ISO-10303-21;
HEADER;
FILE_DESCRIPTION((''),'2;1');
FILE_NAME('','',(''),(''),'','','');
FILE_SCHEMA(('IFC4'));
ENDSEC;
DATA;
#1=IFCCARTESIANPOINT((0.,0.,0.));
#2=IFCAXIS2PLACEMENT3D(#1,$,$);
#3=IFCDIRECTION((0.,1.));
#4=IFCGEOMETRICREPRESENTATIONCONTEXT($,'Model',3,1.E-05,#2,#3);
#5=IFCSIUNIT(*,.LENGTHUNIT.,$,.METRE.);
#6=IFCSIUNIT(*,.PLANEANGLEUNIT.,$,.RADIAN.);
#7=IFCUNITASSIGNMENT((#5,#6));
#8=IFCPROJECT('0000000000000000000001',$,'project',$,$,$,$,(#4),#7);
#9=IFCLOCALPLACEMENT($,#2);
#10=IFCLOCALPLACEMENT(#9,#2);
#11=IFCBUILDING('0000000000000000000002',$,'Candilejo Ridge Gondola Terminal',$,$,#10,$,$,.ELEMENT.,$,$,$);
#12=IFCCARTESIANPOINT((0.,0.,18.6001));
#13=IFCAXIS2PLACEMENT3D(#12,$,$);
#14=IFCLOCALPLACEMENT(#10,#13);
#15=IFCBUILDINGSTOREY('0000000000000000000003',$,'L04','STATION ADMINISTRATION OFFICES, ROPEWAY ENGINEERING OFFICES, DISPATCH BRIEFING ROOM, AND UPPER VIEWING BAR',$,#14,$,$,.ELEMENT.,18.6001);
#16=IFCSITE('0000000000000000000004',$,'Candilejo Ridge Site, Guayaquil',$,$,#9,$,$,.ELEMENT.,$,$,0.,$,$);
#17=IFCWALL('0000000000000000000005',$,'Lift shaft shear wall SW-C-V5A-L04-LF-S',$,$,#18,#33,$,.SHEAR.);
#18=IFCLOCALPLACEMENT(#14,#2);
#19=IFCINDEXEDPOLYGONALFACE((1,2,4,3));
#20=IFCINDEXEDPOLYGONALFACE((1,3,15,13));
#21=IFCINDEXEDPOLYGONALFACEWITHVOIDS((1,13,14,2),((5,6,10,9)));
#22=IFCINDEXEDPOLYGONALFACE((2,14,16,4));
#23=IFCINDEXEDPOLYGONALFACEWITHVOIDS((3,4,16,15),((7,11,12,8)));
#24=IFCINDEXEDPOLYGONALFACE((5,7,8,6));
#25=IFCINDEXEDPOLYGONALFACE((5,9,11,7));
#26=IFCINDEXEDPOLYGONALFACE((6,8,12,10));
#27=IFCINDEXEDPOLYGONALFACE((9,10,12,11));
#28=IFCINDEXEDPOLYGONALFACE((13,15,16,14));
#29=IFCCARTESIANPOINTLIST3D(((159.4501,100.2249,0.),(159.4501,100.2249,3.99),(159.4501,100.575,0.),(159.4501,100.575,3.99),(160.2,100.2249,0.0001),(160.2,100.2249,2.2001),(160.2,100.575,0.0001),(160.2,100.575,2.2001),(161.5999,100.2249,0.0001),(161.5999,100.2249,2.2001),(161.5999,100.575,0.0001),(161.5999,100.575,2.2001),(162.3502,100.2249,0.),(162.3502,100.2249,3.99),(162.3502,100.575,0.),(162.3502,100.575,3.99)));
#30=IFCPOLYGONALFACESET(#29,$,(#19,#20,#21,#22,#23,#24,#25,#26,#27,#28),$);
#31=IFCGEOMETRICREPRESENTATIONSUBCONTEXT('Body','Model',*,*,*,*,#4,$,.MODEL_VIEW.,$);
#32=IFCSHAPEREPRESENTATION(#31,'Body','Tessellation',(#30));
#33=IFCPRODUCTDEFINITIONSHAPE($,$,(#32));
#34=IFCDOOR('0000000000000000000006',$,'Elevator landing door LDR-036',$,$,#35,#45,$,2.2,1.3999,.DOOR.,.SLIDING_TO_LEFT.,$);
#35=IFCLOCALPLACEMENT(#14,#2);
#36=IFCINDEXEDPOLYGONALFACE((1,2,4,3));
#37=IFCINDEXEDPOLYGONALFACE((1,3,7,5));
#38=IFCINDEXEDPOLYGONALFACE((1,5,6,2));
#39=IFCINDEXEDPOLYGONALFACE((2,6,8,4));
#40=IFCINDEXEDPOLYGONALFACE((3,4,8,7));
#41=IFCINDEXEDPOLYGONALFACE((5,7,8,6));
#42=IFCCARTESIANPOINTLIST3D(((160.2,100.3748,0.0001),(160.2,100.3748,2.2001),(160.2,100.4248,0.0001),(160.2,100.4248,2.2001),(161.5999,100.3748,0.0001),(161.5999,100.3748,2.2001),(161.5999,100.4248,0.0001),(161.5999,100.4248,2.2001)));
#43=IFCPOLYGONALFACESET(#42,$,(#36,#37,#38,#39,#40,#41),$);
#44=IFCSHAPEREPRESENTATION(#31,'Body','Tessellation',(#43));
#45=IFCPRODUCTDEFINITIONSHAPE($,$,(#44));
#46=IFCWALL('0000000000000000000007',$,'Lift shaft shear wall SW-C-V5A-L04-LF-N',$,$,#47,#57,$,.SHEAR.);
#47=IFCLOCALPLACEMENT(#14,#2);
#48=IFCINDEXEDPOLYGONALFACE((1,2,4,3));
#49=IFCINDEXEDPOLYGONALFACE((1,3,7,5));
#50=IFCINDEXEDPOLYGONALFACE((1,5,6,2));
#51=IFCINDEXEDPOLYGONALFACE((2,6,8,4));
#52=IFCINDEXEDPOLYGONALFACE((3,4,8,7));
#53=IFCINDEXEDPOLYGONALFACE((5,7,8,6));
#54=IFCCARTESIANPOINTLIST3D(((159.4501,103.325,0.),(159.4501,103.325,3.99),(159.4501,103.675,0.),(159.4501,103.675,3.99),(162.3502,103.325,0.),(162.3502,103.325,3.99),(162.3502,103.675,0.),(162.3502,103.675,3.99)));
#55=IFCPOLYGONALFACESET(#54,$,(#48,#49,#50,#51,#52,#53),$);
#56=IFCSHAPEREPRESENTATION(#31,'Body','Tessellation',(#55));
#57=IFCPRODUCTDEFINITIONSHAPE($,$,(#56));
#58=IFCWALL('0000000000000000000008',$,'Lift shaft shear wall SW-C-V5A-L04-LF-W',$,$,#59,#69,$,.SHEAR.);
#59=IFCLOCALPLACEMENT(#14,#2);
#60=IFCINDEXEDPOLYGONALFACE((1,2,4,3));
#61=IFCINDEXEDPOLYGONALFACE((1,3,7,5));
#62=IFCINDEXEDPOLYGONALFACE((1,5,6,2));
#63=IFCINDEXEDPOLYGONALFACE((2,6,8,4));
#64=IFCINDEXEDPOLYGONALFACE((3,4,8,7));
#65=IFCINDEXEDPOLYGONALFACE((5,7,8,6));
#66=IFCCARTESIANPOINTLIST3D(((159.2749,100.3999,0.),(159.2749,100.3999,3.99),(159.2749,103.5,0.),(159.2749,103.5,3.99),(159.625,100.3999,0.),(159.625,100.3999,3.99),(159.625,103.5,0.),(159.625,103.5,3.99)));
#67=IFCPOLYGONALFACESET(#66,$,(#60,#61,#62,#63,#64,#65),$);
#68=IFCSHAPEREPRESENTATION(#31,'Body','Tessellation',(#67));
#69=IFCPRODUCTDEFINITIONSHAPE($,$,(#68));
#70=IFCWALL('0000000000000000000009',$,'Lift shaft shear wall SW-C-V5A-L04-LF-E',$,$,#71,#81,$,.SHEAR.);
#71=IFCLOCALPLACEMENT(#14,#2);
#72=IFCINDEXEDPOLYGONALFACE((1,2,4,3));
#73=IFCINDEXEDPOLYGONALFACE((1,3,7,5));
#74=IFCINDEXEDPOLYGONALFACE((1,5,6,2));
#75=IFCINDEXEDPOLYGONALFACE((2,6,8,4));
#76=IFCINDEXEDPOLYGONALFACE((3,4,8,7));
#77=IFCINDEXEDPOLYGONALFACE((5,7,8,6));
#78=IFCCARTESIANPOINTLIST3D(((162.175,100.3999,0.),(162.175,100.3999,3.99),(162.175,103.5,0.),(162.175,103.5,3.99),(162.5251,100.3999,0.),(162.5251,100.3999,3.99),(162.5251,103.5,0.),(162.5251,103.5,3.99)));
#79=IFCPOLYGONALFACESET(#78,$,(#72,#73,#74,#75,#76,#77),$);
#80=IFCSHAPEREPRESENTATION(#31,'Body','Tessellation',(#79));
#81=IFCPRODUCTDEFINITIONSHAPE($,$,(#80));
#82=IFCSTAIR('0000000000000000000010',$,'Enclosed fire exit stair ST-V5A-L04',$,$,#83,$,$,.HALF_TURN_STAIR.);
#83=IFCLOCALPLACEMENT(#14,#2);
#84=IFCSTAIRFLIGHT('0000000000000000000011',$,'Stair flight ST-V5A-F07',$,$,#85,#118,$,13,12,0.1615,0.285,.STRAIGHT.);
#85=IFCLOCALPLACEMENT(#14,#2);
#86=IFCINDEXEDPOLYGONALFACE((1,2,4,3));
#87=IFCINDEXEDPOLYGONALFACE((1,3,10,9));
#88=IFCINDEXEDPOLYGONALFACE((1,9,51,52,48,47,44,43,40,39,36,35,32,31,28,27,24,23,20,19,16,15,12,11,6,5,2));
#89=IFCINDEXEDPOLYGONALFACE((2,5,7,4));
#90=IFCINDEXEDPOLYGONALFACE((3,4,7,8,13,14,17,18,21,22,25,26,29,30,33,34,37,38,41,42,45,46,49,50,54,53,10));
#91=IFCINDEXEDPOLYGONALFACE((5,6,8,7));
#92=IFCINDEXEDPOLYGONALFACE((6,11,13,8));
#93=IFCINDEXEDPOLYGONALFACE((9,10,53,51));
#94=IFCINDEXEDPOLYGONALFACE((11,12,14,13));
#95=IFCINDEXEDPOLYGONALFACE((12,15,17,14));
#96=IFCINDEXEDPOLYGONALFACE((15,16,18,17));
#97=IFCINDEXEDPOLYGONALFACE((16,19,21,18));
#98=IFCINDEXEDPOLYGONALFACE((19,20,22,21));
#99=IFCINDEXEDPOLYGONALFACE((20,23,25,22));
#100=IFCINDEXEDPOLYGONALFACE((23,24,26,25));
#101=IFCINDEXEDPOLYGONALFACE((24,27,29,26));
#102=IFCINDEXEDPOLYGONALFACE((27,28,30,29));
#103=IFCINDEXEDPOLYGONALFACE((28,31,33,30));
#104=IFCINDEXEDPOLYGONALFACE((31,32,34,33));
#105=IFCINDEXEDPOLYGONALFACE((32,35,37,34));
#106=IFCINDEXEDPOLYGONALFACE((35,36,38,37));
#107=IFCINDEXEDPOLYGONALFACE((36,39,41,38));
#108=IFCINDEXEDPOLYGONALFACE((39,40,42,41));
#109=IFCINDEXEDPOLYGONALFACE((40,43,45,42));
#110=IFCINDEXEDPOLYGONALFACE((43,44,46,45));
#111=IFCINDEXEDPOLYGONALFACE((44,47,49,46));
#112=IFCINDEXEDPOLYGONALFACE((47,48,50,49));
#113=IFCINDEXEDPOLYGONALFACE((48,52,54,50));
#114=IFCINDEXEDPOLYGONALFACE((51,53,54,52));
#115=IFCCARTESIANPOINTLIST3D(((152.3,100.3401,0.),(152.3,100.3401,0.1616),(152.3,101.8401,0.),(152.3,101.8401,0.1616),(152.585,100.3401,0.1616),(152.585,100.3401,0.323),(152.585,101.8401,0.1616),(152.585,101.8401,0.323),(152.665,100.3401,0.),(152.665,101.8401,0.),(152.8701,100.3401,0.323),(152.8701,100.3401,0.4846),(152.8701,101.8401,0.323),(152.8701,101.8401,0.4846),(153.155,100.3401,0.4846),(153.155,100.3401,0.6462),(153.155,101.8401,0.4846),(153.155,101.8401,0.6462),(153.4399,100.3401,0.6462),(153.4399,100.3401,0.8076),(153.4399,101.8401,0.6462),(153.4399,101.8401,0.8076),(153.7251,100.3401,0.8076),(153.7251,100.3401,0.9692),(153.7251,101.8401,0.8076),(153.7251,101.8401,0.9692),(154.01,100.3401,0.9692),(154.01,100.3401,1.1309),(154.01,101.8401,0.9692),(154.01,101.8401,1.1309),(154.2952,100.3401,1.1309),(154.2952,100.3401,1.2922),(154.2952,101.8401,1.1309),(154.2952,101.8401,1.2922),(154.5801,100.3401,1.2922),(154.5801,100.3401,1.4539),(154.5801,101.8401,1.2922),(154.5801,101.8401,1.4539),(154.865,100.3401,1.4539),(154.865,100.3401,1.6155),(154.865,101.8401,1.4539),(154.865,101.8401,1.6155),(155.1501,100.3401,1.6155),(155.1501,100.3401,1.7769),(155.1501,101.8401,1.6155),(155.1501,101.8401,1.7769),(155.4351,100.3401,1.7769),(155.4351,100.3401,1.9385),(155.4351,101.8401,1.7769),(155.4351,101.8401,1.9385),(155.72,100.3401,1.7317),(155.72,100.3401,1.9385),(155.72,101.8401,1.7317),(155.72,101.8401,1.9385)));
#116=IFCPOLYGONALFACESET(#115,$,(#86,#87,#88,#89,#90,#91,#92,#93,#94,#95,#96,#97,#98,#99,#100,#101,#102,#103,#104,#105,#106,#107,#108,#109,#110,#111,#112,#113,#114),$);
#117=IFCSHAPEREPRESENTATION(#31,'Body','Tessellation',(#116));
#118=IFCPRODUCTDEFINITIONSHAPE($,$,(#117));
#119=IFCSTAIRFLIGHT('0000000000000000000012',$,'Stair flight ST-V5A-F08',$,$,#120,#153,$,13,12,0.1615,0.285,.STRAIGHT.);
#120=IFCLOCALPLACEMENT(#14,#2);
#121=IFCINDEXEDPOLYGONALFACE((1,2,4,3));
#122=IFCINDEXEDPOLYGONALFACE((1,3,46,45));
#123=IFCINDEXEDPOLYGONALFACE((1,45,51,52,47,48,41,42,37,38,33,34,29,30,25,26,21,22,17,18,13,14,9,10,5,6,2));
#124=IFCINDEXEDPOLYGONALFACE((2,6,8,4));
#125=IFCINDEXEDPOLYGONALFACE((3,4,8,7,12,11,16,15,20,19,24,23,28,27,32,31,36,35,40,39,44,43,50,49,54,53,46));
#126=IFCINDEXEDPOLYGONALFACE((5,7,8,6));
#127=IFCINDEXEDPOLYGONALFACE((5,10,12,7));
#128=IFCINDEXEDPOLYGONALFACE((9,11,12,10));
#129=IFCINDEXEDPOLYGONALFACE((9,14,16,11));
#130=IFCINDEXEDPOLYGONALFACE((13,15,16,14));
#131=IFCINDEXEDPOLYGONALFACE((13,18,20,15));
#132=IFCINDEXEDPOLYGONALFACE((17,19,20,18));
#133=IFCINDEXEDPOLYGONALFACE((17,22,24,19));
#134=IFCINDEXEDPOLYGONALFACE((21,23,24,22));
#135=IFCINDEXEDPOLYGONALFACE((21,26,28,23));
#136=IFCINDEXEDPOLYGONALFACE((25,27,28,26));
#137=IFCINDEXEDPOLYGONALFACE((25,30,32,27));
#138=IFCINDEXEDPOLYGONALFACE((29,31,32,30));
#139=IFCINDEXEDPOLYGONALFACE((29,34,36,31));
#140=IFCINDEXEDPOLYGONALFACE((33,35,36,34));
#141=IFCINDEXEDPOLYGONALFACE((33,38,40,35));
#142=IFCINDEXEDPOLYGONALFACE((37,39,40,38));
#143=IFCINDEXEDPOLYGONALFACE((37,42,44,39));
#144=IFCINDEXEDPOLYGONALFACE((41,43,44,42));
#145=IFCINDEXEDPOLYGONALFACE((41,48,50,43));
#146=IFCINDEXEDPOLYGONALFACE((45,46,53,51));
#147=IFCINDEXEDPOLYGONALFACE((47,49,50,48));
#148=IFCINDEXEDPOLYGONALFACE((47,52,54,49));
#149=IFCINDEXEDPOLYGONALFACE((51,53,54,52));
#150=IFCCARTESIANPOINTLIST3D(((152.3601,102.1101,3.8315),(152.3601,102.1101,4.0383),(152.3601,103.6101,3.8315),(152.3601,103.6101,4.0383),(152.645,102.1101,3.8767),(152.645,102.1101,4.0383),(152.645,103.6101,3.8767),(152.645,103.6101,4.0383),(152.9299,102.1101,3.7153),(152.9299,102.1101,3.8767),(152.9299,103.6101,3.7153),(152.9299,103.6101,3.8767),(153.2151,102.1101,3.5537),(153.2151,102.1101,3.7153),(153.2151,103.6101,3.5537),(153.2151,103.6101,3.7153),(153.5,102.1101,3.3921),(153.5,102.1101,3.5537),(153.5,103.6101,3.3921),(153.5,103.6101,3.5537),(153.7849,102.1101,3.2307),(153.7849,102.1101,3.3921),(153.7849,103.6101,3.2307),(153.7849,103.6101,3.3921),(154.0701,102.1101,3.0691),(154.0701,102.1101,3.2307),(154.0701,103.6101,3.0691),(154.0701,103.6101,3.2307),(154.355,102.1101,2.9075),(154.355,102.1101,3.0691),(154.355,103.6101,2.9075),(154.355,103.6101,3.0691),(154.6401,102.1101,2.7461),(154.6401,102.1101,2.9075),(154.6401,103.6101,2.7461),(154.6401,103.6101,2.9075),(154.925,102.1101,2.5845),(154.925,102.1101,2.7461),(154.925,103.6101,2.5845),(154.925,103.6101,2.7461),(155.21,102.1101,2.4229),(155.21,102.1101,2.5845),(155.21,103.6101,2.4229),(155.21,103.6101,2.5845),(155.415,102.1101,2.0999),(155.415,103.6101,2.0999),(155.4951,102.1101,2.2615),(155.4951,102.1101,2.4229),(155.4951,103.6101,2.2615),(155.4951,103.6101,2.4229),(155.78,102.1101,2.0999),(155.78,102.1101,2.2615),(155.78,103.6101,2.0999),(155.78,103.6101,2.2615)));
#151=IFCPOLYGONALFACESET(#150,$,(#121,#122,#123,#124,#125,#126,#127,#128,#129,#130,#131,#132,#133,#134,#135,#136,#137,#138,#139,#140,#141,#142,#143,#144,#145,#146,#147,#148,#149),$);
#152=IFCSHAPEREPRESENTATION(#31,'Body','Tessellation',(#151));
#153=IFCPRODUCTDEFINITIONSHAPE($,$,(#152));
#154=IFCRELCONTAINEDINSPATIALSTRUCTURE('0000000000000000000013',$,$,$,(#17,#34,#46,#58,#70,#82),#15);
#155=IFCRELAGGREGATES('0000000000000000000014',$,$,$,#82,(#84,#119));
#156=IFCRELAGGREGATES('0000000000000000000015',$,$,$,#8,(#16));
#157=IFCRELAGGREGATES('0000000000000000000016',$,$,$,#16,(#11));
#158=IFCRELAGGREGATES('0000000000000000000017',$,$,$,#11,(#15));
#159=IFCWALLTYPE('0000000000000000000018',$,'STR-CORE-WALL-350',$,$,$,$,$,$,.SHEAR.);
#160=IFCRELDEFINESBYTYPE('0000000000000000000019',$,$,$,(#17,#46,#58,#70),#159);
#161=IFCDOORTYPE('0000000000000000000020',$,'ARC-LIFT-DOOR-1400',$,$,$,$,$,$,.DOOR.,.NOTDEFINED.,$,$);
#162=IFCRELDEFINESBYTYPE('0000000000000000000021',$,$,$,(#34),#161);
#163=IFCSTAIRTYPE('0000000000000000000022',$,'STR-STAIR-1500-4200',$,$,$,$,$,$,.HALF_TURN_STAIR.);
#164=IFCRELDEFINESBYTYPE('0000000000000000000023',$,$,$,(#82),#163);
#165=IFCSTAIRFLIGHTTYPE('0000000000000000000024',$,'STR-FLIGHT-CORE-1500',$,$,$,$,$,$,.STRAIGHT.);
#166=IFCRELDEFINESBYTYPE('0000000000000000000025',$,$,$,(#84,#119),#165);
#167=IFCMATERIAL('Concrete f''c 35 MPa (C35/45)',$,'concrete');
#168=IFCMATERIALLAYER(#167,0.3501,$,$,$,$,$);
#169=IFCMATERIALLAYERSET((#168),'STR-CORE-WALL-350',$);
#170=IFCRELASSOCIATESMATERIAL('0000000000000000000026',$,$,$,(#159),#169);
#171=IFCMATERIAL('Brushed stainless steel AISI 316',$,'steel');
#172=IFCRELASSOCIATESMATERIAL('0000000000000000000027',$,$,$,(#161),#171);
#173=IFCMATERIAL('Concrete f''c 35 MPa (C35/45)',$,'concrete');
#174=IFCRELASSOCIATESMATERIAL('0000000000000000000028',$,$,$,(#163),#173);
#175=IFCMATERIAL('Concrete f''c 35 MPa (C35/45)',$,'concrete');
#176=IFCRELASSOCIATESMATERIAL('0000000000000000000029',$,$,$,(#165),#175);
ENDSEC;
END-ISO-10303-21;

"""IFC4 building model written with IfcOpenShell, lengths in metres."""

from ifc_helpers import new_model, si_unit, direction, frame, frame_2d, origin, place, context, subcontext, project, spatial, polyline, rectangle, outline, extrude, material, layer, layer_set, type_object, element, fill, aggregate, save


model = new_model("IFC4")

# Units and contexts
model_context = context("Model", 3, precision=1e-05, world=origin(), true_north=direction((0.0, 1.0)))
body_context = subcontext(model_context, "Body", "Model", "MODEL_VIEW")
ifc_project = project(units=[si_unit("LENGTHUNIT", "METRE"), si_unit("PLANEANGLEUNIT", "RADIAN")], contexts=[model_context])

# Site, building, storey
site_placement = place(None, origin())
site = spatial("IfcSite", under=ifc_project, at=site_placement, Name="Candilejo Ridge Site, Guayaquil", CompositionType="ELEMENT", RefElevation=0.0)
building_placement = place(site_placement, origin())
building = spatial("IfcBuilding", under=site, at=building_placement, Name="Candilejo Ridge Gondola Terminal", CompositionType="ELEMENT")
storey_placement = place(building_placement, frame((0.0, 0.0, 18.6001)))
storey = spatial("IfcBuildingStorey", under=building, at=storey_placement, Name="L04", Description="STATION ADMINISTRATION OFFICES, ROPEWAY ENGINEERING OFFICES, DISPATCH BRIEFING ROOM, AND UPPER VIEWING BAR", CompositionType="ELEMENT", Elevation=18.6001)

# Shared definitions
ifc_material_1 = material(Name="Concrete f'c 35 MPa (C35/45)", Category="concrete")
ifc_layer_1 = layer(ifc_material_1, 0.3501)
ifc_layer_set_1 = layer_set([ifc_layer_1], Name="STR-CORE-WALL-350")
wall_type_1 = type_object("IfcWallType", Name="STR-CORE-WALL-350", PredefinedType="SHEAR", material=ifc_layer_set_1)

# Wall, opening, door
wall_1_placement = place(storey_placement, frame((159.45, 100.3999, 0.0), z_axis=(0.0, 0.0, 1.0), x_axis=(1.0, 0.0, 0.0)))
wall_1 = element("IfcWall", 1, at=wall_1_placement, inside=storey, type_object=wall_type_1, Name="Lift shaft shear wall SW-C-V5A-L04-LF-S", PredefinedType="SHEAR", context=body_context, shape_type="SweptSolid", body=[
    extrude(rectangle(XDim=2.9001, YDim=0.3501, at=frame_2d((1.4502, 0.0))), origin(), (0.0, 0.0, 1.0), 3.99),
])
opening_1_placement = place(wall_1_placement, frame((0.75, 0.0, 0.0)))
opening_1 = element("IfcOpeningElement", 2, at=opening_1_placement, cuts=wall_1, PredefinedType="OPENING", context=body_context, shape_type="SweptSolid", body=[
    extrude(rectangle(XDim=1.3999, YDim=2.2, at=frame_2d((0.7, 1.1001))), frame((0.0, 0.1851, 0.0), z_axis=(0.0, -1.0, 0.0), x_axis=(1.0, 0.0, 0.0)), (0.0, 0.0, 1.0), 0.3701),
])
ifc_material_2 = material(Name="Brushed stainless steel AISI 316", Category="steel")
door_type_1 = type_object("IfcDoorType", Name="ARC-LIFT-DOOR-1400", OperationType="NOTDEFINED", PredefinedType="DOOR", material=ifc_material_2)
door_1_placement = place(opening_1_placement, origin())
door_1 = element("IfcDoor", 3, at=door_1_placement, inside=storey, type_object=door_type_1, Name="Elevator landing door LDR-036", OperationType="SLIDING_TO_LEFT", OverallHeight=2.2, OverallWidth=1.3999, PredefinedType="DOOR", context=body_context, shape_type="SweptSolid", body=[
    extrude(rectangle(XDim=1.3999, YDim=2.2, at=frame_2d((0.7, 1.1001))), frame((0.0, 0.0249, 0.0), z_axis=(0.0, -1.0, 0.0), x_axis=(1.0, 0.0, 0.0)), (0.0, 0.0, 1.0), 0.05),
])
fill(opening_1, door_1)

# Walls
wall_2_placement = place(storey_placement, frame((159.45, 103.5, 0.0), z_axis=(0.0, 0.0, 1.0), x_axis=(1.0, 0.0, 0.0)))
element("IfcWall", 4, at=wall_2_placement, inside=storey, type_object=wall_type_1, Name="Lift shaft shear wall SW-C-V5A-L04-LF-N", PredefinedType="SHEAR", context=body_context, shape_type="SweptSolid", body=[
    extrude(rectangle(XDim=2.9001, YDim=0.3501, at=frame_2d((1.4502, 0.0))), origin(), (0.0, 0.0, 1.0), 3.99),
])
for number, where, z_axis, x_axis, name in (
    (5, (159.45, 100.3999, 0.0), (0.0, 0.0, 1.0), (0.0, 1.0, 0.0), "Lift shaft shear wall SW-C-V5A-L04-LF-W"),
    (6, (162.3501, 100.3999, 0.0), (0.0, 0.0, 1.0), (0.0, 1.0, 0.0), "Lift shaft shear wall SW-C-V5A-L04-LF-E"),
):
    element("IfcWall", number, at=place(storey_placement, frame(where, z_axis=z_axis, x_axis=x_axis)), inside=storey, type_object=wall_type_1, Name=name, PredefinedType="SHEAR", context=body_context, shape_type="SweptSolid", body=[
        extrude(rectangle(XDim=3.1001, YDim=0.3501, at=frame_2d((1.55, 0.0))), origin(), (0.0, 0.0, 1.0), 3.99),
    ])

# Stair, stair flights
ifc_material_3 = material(Name="Concrete f'c 35 MPa (C35/45)", Category="concrete")
stair_type = type_object("IfcStairType", Name="STR-STAIR-1500-4200", PredefinedType="HALF_TURN_STAIR", material=ifc_material_3)
stair_placement = place(storey_placement, origin())
stair = element("IfcStair", 7, at=stair_placement, inside=storey, type_object=stair_type, Name="Enclosed fire exit stair ST-V5A-L04", PredefinedType="HALF_TURN_STAIR")
ifc_material_4 = material(Name="Concrete f'c 35 MPa (C35/45)", Category="concrete")
stair_flight_type = type_object("IfcStairFlightType", Name="STR-FLIGHT-CORE-1500", PredefinedType="STRAIGHT", material=ifc_material_4)
stair_flight_1_placement = place(storey_placement, frame((152.3, 101.0901, 0.0), z_axis=(0.0, 0.0, 1.0), x_axis=(1.0, 0.0, 0.0)))
stair_flight_1 = element("IfcStairFlight", 8, at=stair_flight_1_placement, type_object=stair_flight_type, Name="Stair flight ST-V5A-F07", NumberOfRisers=13, NumberOfTreads=12, PredefinedType="STRAIGHT", RiserHeight=0.1615, TreadLength=0.285, context=body_context, shape_type="SweptSolid", body=[
    extrude(outline(polyline([(0.0, 0.0), (0.0, 0.1616), (0.2849, 0.1616), (0.2849, 0.323), (0.5701, 0.323), (0.5701, 0.4846), (0.855, 0.4846), (0.855, 0.6462), (1.1399, 0.6462), (1.1399, 0.8076), (1.425, 0.8076), (1.425, 0.9692), (1.71, 0.9692), (1.71, 1.1309), (1.9951, 1.1309), (1.9951, 1.2922), (2.28, 1.2922), (2.28, 1.4539), (2.5649, 1.4539), (2.5649, 1.6155), (2.8501, 1.6155), (2.8501, 1.7769), (3.135, 1.7769), (3.135, 1.9385), (3.4199, 1.9385), (3.4199, 2.1001), (3.4199, 1.7317), (0.365, 0.0), (0.0, 0.0)])), frame((0.0, 0.75, 0.0), z_axis=(0.0, -1.0, 0.0), x_axis=(1.0, 0.0, 0.0)), (0.0, 0.0, 1.0), 1.5),
])
stair_flight_2_placement = place(storey_placement, frame((155.78, 102.8601, 2.0999), z_axis=(0.0, 0.0, 1.0), x_axis=(-1.0, 0.0, 0.0)))
stair_flight_2 = element("IfcStairFlight", 9, at=stair_flight_2_placement, type_object=stair_flight_type, Name="Stair flight ST-V5A-F08", NumberOfRisers=13, NumberOfTreads=12, PredefinedType="STRAIGHT", RiserHeight=0.1615, TreadLength=0.285, context=body_context, shape_type="SweptSolid", body=[
    extrude(outline(polyline([(0.0, 0.0), (0.0, 0.1616), (0.2849, 0.1616), (0.2849, 0.323), (0.5701, 0.323), (0.5701, 0.4846), (0.855, 0.4846), (0.855, 0.6462), (1.1399, 0.6462), (1.1399, 0.8076), (1.425, 0.8076), (1.425, 0.9692), (1.71, 0.9692), (1.71, 1.1309), (1.9951, 1.1309), (1.9951, 1.2922), (2.28, 1.2922), (2.28, 1.4539), (2.5649, 1.4539), (2.5649, 1.6155), (2.8501, 1.6155), (2.8501, 1.7769), (3.135, 1.7769), (3.135, 1.9385), (3.4199, 1.9385), (3.4199, 2.1001), (3.4199, 1.7317), (0.365, 0.0), (0.0, 0.0)])), frame((0.0, 0.75, 0.0), z_axis=(0.0, -1.0, 0.0), x_axis=(1.0, 0.0, 0.0)), (0.0, 0.0, 1.0), 1.5),
])
aggregate(stair, [stair_flight_1, stair_flight_2])

save(model, "model.ifc")
